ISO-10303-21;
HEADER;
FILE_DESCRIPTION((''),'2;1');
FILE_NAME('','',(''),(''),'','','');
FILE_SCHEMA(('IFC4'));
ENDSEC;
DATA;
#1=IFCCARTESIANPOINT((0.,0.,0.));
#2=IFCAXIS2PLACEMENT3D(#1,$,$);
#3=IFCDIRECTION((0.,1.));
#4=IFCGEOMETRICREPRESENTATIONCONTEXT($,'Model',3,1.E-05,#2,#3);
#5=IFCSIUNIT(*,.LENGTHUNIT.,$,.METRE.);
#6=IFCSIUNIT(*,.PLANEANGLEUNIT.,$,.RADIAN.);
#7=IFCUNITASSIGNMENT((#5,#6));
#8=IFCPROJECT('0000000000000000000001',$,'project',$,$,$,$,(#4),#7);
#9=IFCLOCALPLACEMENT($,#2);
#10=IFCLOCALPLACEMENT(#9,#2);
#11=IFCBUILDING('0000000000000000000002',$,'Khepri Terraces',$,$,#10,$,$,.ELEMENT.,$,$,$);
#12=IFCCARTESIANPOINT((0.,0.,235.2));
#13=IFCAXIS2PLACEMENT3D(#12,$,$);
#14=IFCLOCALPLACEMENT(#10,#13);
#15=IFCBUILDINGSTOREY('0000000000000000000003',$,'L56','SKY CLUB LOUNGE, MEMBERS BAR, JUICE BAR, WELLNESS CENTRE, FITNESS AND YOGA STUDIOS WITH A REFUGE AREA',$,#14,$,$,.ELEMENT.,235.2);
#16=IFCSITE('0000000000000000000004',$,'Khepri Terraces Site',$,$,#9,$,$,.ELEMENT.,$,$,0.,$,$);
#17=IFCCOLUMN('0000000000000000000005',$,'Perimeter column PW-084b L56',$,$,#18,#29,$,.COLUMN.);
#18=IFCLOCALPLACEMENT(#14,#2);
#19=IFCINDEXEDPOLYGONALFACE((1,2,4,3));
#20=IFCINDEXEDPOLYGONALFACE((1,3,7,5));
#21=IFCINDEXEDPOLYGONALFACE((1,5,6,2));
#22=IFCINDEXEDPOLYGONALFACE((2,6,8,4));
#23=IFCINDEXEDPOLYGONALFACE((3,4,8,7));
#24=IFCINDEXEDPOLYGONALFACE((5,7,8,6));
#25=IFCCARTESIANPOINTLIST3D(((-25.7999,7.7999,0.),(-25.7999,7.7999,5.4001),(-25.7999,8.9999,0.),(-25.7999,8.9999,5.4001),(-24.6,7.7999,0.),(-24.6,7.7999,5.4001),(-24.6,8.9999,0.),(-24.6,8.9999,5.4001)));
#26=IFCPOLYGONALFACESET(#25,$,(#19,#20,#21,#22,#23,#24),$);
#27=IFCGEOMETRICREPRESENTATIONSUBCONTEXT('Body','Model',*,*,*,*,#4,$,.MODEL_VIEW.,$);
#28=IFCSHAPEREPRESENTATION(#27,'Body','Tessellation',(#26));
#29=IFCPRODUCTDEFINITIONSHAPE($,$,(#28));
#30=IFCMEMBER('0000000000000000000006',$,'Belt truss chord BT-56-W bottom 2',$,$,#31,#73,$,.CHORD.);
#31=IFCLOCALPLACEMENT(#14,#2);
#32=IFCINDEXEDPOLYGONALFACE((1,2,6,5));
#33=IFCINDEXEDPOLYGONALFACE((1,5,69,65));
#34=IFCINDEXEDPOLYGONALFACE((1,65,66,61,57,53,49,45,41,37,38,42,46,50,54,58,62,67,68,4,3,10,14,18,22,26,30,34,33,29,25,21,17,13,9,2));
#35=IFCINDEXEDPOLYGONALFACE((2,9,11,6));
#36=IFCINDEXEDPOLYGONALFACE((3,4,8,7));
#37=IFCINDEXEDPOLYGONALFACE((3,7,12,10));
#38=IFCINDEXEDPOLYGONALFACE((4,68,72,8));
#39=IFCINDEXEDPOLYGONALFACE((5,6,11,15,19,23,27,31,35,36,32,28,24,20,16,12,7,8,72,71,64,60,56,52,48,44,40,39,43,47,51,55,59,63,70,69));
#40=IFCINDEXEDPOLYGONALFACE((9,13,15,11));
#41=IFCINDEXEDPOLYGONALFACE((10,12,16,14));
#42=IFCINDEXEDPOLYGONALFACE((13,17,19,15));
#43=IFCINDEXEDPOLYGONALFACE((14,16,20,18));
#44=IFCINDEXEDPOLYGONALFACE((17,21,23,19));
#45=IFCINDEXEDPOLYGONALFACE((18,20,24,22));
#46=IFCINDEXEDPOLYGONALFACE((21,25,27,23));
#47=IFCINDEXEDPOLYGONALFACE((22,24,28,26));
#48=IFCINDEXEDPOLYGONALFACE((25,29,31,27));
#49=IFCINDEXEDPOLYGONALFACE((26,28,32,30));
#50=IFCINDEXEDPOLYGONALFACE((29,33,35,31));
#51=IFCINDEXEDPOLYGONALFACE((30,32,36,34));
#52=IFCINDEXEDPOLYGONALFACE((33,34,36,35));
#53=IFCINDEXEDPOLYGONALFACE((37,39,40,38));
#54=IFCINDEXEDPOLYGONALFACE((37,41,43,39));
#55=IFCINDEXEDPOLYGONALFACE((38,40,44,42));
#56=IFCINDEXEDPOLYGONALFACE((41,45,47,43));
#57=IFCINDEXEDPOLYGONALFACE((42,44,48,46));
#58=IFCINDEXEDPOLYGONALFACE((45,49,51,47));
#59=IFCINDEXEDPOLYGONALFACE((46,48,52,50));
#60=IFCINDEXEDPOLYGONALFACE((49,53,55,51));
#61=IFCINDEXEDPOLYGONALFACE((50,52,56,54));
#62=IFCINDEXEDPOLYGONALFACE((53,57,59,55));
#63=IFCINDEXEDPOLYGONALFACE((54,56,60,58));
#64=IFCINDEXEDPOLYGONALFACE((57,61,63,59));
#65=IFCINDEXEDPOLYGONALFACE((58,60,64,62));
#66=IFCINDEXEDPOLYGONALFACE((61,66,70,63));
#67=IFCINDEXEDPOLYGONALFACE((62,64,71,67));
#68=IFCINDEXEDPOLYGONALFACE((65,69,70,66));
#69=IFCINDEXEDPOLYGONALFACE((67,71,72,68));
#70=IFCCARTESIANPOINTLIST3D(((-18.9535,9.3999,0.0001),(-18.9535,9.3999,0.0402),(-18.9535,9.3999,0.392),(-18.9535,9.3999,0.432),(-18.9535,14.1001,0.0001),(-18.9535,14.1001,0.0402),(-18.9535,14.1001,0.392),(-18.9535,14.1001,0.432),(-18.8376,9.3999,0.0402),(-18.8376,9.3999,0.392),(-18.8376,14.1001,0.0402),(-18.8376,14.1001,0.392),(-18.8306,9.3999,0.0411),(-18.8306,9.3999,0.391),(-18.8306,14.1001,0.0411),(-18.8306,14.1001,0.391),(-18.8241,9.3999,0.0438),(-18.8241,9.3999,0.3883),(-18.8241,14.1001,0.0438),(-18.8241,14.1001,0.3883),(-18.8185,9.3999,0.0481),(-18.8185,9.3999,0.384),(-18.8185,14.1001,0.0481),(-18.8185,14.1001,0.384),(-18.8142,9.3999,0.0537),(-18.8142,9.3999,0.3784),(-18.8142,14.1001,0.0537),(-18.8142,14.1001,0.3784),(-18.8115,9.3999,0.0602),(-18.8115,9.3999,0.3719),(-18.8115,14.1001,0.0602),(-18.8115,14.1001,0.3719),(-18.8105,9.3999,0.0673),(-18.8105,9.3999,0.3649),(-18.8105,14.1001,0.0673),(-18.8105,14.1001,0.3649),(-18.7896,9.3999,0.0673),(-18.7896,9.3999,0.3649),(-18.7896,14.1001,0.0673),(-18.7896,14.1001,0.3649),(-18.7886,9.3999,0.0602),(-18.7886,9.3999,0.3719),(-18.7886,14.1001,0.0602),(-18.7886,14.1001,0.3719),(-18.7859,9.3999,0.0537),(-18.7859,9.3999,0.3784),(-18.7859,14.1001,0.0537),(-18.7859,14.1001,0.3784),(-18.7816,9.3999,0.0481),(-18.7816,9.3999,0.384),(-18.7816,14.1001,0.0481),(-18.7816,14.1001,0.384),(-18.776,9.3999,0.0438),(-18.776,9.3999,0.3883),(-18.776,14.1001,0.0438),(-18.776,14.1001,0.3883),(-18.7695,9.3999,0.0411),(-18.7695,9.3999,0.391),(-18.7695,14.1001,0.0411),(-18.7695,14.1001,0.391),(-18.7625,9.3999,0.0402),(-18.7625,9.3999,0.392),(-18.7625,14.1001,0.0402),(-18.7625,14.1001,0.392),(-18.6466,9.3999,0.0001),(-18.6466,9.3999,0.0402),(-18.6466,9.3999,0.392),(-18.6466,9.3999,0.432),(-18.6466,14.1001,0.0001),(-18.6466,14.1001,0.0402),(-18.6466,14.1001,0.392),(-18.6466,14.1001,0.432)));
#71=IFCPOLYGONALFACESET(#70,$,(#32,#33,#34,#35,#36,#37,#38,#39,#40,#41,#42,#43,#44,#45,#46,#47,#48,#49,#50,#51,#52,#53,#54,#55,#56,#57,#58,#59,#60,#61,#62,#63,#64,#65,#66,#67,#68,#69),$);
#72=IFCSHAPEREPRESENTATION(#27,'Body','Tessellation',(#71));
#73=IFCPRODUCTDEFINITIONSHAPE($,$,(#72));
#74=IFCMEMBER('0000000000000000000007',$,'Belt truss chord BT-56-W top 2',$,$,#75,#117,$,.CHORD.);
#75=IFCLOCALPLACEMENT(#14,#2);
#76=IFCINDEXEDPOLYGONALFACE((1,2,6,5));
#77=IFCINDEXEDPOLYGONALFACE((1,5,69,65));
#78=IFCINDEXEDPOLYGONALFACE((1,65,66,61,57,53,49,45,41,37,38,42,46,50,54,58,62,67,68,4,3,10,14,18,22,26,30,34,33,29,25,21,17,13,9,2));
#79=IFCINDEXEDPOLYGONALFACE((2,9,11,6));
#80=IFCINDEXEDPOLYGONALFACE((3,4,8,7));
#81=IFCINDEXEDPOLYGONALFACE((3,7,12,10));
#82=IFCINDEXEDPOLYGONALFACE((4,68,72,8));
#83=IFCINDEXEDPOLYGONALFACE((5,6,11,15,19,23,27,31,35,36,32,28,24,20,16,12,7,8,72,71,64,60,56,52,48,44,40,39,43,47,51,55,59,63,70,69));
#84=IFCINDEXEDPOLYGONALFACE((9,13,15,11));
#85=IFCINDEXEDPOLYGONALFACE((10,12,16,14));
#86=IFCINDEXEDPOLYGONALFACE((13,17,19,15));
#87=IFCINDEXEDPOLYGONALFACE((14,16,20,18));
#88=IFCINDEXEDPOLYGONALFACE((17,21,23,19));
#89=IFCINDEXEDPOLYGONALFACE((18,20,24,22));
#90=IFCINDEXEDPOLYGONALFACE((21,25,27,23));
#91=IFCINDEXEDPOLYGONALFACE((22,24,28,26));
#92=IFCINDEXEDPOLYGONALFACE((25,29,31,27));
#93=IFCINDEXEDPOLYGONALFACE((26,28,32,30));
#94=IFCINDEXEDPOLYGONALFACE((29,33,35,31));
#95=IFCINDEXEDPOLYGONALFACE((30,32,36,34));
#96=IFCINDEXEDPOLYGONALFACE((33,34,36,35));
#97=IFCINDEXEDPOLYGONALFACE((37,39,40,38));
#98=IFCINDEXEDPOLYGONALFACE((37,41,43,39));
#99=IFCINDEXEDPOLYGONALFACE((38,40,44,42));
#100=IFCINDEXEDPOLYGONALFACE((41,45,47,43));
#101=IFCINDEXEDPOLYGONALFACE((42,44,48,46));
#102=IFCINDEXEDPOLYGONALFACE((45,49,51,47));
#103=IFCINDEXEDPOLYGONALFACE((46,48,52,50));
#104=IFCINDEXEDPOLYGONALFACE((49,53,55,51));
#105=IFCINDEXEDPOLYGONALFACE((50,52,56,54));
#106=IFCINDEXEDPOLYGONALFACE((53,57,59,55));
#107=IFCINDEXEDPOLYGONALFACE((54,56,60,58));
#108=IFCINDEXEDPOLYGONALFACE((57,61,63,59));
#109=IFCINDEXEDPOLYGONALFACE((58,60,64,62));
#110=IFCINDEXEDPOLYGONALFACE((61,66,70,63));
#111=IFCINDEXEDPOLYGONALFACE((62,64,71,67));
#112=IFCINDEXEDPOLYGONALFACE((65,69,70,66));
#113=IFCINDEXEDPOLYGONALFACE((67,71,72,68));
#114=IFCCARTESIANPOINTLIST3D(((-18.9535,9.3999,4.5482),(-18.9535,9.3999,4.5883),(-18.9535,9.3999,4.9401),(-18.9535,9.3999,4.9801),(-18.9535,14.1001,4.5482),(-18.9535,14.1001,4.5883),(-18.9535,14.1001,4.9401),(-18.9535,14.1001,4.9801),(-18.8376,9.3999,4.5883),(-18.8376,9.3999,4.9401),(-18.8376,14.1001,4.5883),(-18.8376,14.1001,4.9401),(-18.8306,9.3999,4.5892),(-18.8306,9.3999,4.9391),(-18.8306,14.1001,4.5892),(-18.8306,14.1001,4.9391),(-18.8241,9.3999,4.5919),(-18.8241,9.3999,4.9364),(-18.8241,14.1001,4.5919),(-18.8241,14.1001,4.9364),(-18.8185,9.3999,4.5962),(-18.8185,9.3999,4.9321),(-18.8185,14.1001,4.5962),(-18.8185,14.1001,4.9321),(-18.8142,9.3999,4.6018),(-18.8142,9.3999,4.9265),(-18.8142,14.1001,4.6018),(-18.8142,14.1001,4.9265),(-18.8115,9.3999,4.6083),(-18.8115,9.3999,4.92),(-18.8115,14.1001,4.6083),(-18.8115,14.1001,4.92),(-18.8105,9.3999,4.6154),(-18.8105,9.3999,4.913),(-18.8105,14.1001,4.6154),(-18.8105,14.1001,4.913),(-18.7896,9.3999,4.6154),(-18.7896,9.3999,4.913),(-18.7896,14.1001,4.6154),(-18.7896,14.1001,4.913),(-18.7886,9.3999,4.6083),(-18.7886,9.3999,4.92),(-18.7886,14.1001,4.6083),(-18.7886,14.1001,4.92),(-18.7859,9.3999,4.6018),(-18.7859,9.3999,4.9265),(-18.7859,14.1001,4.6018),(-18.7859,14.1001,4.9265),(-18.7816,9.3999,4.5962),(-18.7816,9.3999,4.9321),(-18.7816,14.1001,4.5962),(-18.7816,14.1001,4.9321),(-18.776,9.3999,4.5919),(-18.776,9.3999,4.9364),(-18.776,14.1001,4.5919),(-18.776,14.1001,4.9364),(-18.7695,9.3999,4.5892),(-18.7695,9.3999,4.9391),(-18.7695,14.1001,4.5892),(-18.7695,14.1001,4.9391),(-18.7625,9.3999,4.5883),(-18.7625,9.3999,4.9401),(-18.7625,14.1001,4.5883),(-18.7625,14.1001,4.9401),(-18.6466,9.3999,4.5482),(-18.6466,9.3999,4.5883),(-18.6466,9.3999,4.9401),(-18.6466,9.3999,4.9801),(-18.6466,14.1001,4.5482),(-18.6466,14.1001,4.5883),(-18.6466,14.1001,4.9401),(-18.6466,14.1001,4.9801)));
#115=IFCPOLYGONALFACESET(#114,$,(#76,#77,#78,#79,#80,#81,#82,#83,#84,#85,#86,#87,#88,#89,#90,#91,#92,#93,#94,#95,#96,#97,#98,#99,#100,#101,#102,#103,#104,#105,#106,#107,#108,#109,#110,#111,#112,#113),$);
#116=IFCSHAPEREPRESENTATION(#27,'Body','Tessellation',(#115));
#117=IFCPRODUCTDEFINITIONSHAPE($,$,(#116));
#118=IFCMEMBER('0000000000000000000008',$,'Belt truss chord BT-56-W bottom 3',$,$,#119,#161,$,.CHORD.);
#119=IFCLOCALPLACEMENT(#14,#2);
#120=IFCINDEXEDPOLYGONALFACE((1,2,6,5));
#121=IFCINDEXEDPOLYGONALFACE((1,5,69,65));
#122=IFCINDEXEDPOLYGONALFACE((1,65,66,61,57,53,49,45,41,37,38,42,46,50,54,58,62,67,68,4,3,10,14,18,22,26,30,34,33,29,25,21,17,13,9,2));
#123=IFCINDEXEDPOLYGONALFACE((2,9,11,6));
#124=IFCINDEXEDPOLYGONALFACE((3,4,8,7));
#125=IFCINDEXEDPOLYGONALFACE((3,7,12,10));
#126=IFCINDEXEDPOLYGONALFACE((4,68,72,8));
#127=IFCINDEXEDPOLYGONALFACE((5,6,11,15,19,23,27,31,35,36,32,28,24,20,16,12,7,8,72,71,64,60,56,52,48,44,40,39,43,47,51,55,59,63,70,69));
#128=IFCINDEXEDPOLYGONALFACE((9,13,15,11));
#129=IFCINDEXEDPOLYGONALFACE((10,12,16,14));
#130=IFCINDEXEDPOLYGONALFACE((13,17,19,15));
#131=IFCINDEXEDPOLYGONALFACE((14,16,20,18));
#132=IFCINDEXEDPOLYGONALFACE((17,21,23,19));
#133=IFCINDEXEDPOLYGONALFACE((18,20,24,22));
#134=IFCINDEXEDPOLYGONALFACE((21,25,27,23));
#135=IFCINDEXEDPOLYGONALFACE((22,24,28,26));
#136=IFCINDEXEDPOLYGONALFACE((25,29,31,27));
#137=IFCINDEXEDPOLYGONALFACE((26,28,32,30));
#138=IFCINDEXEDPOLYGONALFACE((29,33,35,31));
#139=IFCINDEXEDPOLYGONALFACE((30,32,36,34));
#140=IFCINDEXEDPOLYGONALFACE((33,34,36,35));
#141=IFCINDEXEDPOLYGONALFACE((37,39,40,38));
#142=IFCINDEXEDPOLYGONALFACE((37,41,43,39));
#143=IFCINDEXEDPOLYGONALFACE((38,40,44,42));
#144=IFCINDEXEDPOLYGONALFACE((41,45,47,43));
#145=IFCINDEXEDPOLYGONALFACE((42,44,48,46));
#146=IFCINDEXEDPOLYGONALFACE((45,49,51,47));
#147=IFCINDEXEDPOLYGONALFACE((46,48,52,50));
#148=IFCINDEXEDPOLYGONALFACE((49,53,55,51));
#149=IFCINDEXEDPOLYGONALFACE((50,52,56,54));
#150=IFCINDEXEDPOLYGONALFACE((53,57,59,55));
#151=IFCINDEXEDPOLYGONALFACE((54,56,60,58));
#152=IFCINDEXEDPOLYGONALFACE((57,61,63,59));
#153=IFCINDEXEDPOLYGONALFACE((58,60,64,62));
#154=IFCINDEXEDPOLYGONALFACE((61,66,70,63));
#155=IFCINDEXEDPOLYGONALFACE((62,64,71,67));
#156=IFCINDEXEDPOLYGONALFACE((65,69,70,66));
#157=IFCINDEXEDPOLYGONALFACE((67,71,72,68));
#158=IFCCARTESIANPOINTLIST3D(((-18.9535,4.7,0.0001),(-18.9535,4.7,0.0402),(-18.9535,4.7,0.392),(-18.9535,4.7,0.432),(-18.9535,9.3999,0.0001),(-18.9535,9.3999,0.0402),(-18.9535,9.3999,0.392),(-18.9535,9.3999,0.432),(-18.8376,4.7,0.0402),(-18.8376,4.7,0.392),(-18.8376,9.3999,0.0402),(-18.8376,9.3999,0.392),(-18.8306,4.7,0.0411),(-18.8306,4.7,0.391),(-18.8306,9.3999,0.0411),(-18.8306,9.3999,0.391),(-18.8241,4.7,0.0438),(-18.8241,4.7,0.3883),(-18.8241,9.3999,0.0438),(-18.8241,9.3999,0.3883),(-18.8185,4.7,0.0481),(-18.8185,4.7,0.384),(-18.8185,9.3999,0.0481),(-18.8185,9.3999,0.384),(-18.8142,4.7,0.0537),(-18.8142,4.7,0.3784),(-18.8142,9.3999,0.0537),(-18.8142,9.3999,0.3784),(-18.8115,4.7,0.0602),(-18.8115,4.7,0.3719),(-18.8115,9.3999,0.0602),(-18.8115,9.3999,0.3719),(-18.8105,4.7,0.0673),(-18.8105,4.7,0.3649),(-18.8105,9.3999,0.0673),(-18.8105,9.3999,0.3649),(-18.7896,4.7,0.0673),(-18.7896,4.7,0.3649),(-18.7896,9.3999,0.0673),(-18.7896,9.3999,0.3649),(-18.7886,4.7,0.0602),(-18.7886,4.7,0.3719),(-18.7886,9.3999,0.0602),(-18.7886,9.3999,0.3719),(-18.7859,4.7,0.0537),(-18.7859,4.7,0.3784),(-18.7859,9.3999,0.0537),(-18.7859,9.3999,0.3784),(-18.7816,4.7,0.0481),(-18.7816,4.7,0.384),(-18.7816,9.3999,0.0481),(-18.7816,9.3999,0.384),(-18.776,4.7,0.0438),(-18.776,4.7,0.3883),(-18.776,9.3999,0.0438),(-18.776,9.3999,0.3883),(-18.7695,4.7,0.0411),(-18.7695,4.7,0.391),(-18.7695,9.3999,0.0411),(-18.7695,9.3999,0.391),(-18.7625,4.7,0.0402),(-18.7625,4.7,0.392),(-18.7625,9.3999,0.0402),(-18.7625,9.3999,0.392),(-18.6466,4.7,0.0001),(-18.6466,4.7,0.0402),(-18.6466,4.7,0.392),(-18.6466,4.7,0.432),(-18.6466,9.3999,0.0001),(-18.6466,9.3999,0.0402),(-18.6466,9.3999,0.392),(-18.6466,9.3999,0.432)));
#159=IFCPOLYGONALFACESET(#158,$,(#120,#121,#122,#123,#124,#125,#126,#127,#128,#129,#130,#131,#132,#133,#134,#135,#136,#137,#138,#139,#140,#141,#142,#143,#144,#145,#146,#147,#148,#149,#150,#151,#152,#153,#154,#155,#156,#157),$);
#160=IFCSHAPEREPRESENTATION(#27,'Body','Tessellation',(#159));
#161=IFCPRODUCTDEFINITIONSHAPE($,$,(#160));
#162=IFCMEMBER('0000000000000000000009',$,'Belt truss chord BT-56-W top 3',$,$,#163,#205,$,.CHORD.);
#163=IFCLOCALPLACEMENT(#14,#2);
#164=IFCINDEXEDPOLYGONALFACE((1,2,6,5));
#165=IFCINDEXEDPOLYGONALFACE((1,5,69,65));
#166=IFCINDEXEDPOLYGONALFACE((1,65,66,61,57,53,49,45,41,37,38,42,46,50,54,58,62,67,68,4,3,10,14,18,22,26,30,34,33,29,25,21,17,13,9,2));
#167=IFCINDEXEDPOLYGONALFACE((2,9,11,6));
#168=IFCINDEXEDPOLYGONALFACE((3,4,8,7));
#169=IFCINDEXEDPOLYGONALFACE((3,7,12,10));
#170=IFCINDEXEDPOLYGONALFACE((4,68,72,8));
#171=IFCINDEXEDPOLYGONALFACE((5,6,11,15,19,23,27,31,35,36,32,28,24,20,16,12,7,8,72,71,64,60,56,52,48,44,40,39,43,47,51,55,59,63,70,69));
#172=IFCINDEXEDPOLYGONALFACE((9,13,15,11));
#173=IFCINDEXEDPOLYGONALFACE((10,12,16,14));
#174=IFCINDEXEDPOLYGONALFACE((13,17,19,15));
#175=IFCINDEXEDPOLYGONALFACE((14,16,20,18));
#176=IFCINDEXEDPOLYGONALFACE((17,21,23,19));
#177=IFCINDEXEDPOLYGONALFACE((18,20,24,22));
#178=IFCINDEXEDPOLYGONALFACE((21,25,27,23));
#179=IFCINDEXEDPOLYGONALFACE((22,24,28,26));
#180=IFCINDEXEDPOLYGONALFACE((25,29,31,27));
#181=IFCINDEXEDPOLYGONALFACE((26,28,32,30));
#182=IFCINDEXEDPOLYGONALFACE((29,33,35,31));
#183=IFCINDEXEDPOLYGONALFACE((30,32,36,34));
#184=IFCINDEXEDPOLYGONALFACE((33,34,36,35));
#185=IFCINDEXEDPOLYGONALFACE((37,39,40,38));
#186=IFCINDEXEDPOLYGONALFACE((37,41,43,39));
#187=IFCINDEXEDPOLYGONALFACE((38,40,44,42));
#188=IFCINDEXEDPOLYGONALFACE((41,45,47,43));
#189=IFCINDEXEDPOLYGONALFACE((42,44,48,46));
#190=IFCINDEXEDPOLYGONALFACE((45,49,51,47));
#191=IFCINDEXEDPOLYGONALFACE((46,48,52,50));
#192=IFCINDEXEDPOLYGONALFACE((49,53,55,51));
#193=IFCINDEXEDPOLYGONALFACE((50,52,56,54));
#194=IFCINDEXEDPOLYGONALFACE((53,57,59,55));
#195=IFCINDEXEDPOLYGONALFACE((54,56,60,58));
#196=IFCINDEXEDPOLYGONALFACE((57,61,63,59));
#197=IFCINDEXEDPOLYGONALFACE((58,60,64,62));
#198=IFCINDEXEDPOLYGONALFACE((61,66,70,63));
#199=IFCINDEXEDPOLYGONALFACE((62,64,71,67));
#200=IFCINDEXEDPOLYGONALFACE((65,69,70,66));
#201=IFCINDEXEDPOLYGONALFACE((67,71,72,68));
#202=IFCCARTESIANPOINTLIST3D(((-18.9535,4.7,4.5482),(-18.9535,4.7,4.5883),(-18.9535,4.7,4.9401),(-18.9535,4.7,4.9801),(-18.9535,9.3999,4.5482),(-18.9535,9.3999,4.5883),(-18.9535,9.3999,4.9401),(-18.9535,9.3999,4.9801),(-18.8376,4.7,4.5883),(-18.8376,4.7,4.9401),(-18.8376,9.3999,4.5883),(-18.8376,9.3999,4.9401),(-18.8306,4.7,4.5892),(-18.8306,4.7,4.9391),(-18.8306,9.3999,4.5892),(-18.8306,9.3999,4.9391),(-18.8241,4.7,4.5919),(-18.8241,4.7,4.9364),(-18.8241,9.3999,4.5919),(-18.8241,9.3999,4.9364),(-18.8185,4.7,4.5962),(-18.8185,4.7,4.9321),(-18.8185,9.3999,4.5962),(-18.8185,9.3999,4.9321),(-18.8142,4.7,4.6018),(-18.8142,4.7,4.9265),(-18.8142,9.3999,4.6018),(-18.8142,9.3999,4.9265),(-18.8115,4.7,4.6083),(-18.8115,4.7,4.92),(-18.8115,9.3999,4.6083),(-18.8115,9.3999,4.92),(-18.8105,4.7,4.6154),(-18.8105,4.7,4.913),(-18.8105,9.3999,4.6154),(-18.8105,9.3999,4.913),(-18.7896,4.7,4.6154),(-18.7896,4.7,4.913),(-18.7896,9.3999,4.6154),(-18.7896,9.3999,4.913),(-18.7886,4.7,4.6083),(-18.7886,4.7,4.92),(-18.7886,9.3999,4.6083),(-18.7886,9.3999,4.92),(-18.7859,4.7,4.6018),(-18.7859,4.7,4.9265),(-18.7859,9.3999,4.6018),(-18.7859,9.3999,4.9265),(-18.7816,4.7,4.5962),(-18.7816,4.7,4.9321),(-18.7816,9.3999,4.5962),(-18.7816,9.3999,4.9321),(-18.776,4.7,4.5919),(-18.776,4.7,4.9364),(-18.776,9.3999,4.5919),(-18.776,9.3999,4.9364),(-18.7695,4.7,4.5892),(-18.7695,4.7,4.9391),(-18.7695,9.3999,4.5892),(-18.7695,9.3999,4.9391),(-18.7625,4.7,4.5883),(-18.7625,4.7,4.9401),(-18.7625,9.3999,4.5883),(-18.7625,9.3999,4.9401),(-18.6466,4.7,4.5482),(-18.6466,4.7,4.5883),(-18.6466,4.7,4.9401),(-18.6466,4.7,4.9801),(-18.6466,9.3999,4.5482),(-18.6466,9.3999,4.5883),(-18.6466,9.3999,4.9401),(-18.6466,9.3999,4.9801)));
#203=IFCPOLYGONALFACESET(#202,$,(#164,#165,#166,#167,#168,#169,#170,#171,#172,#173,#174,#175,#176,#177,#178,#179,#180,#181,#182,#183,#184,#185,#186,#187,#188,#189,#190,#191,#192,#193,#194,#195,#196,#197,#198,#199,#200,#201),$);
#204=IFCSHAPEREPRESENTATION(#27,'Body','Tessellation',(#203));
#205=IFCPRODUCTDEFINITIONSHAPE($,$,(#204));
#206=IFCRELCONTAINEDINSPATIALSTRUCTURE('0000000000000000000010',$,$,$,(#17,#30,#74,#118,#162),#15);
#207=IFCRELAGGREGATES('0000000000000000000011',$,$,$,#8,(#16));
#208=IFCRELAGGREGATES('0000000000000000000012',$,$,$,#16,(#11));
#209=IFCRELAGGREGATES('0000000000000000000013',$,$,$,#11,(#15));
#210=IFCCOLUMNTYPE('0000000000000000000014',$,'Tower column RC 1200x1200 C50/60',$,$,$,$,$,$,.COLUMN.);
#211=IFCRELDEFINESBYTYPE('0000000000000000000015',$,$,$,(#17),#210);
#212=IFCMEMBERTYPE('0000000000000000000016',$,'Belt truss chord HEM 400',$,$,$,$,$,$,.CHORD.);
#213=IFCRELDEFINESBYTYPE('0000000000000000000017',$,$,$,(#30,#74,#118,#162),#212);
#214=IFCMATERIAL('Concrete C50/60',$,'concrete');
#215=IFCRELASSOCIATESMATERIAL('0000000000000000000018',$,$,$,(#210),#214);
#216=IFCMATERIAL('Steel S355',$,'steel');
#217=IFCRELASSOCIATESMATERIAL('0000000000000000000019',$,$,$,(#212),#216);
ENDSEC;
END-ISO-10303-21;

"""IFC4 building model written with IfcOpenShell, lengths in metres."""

from ifc_helpers import new_model, si_unit, direction, frame, origin, origin_2d, place, context, subcontext, project, spatial, rectangle, i_section, extrude, material, material_profile, profile_set, type_object, element, save


model = new_model("IFC4")

# Units and contexts
model_context = context("Model", 3, precision=1e-05, world=origin(), true_north=direction((0.0, 1.0)))
body_context = subcontext(model_context, "Body", "Model", "MODEL_VIEW")
ifc_project = project(units=[si_unit("LENGTHUNIT", "METRE"), si_unit("PLANEANGLEUNIT", "RADIAN")], contexts=[model_context])

# Site, building, storey
site_placement = place(None, origin())
site = spatial("IfcSite", under=ifc_project, at=site_placement, Name="Khepri Terraces Site", CompositionType="ELEMENT", RefElevation=0.0)
building_placement = place(site_placement, origin())
building = spatial("IfcBuilding", under=site, at=building_placement, Name="Khepri Terraces", CompositionType="ELEMENT")
storey_placement = place(building_placement, frame((0.0, 0.0, 235.2)))
storey = spatial("IfcBuildingStorey", under=building, at=storey_placement, Name="L56", Description="SKY CLUB LOUNGE, MEMBERS BAR, JUICE BAR, WELLNESS CENTRE, FITNESS AND YOGA STUDIOS WITH A REFUGE AREA", CompositionType="ELEMENT", Elevation=235.2)

# Column
ifc_material_1 = material(Name="Concrete C50/60", Category="concrete")
ifc_material_profile_1 = material_profile(ifc_material_1, rectangle(XDim=1.2, YDim=1.2, at=origin_2d()), Name="Concrete C50/60", Category="concrete")
ifc_profile_set_1 = profile_set([ifc_material_profile_1], Name="Concrete C50/60")
column_type = type_object("IfcColumnType", Name="Tower column RC 1200x1200 C50/60", PredefinedType="COLUMN", material=ifc_profile_set_1)
column_placement = place(storey_placement, frame((-25.2, 8.3999, 0.0), z_axis=(0.0, 0.0, 1.0), x_axis=(1.0, 0.0, 0.0)))
element("IfcColumn", 1, at=column_placement, inside=storey, type_object=column_type, Name="Perimeter column PW-084b L56", PredefinedType="COLUMN", context=body_context, shape_type="SweptSolid", body=[
    extrude(rectangle(XDim=1.2, YDim=1.2, at=origin_2d()), origin(), (0.0, 0.0, 1.0), 5.4001),
])

# Members
ifc_material_2 = material(Name="Steel S355", Category="steel")
ifc_material_profile_2 = material_profile(ifc_material_2, i_section(OverallWidth=0.3069, OverallDepth=0.4319, WebThickness=0.021, FlangeThickness=0.04, FilletRadius=0.0271, at=origin_2d()), Name="Steel S355", Category="steel")
ifc_profile_set_2 = profile_set([ifc_material_profile_2], Name="Steel S355")
member_type_1 = type_object("IfcMemberType", Name="Belt truss chord HEM 400", PredefinedType="CHORD", material=ifc_profile_set_2)
for number, where, z_axis, x_axis, name in (
    (2, (-18.8, 14.1001, 0.2161), (0.0, -1.0, 0.0), (1.0, 0.0, 0.0), "Belt truss chord BT-56-W bottom 2"),
    (3, (-18.8, 14.1001, 4.7642), (0.0, -1.0, 0.0), (1.0, 0.0, 0.0), "Belt truss chord BT-56-W top 2"),
):
    element("IfcMember", number, at=place(storey_placement, frame(where, z_axis=z_axis, x_axis=x_axis)), inside=storey, type_object=member_type_1, Name=name, PredefinedType="CHORD", context=body_context, shape_type="SweptSolid", body=[
        extrude(i_section(OverallWidth=0.3069, OverallDepth=0.4319, WebThickness=0.021, FlangeThickness=0.04, FilletRadius=0.0271, at=origin_2d()), origin(), (0.0, 0.0, 1.0), 4.7002),
    ])
for number, where, z_axis, x_axis, name in (
    (4, (-18.8, 9.3999, 0.2161), (0.0, -1.0, 0.0), (1.0, 0.0, 0.0), "Belt truss chord BT-56-W bottom 3"),
    (5, (-18.8, 9.3999, 4.7642), (0.0, -1.0, 0.0), (1.0, 0.0, 0.0), "Belt truss chord BT-56-W top 3"),
):
    element("IfcMember", number, at=place(storey_placement, frame(where, z_axis=z_axis, x_axis=x_axis)), inside=storey, type_object=member_type_1, Name=name, PredefinedType="CHORD", context=body_context, shape_type="SweptSolid", body=[
        extrude(i_section(OverallWidth=0.3069, OverallDepth=0.4319, WebThickness=0.021, FlangeThickness=0.04, FilletRadius=0.0271, at=origin_2d()), origin(), (0.0, 0.0, 1.0), 4.7),
    ])

save(model, "model.ifc")
